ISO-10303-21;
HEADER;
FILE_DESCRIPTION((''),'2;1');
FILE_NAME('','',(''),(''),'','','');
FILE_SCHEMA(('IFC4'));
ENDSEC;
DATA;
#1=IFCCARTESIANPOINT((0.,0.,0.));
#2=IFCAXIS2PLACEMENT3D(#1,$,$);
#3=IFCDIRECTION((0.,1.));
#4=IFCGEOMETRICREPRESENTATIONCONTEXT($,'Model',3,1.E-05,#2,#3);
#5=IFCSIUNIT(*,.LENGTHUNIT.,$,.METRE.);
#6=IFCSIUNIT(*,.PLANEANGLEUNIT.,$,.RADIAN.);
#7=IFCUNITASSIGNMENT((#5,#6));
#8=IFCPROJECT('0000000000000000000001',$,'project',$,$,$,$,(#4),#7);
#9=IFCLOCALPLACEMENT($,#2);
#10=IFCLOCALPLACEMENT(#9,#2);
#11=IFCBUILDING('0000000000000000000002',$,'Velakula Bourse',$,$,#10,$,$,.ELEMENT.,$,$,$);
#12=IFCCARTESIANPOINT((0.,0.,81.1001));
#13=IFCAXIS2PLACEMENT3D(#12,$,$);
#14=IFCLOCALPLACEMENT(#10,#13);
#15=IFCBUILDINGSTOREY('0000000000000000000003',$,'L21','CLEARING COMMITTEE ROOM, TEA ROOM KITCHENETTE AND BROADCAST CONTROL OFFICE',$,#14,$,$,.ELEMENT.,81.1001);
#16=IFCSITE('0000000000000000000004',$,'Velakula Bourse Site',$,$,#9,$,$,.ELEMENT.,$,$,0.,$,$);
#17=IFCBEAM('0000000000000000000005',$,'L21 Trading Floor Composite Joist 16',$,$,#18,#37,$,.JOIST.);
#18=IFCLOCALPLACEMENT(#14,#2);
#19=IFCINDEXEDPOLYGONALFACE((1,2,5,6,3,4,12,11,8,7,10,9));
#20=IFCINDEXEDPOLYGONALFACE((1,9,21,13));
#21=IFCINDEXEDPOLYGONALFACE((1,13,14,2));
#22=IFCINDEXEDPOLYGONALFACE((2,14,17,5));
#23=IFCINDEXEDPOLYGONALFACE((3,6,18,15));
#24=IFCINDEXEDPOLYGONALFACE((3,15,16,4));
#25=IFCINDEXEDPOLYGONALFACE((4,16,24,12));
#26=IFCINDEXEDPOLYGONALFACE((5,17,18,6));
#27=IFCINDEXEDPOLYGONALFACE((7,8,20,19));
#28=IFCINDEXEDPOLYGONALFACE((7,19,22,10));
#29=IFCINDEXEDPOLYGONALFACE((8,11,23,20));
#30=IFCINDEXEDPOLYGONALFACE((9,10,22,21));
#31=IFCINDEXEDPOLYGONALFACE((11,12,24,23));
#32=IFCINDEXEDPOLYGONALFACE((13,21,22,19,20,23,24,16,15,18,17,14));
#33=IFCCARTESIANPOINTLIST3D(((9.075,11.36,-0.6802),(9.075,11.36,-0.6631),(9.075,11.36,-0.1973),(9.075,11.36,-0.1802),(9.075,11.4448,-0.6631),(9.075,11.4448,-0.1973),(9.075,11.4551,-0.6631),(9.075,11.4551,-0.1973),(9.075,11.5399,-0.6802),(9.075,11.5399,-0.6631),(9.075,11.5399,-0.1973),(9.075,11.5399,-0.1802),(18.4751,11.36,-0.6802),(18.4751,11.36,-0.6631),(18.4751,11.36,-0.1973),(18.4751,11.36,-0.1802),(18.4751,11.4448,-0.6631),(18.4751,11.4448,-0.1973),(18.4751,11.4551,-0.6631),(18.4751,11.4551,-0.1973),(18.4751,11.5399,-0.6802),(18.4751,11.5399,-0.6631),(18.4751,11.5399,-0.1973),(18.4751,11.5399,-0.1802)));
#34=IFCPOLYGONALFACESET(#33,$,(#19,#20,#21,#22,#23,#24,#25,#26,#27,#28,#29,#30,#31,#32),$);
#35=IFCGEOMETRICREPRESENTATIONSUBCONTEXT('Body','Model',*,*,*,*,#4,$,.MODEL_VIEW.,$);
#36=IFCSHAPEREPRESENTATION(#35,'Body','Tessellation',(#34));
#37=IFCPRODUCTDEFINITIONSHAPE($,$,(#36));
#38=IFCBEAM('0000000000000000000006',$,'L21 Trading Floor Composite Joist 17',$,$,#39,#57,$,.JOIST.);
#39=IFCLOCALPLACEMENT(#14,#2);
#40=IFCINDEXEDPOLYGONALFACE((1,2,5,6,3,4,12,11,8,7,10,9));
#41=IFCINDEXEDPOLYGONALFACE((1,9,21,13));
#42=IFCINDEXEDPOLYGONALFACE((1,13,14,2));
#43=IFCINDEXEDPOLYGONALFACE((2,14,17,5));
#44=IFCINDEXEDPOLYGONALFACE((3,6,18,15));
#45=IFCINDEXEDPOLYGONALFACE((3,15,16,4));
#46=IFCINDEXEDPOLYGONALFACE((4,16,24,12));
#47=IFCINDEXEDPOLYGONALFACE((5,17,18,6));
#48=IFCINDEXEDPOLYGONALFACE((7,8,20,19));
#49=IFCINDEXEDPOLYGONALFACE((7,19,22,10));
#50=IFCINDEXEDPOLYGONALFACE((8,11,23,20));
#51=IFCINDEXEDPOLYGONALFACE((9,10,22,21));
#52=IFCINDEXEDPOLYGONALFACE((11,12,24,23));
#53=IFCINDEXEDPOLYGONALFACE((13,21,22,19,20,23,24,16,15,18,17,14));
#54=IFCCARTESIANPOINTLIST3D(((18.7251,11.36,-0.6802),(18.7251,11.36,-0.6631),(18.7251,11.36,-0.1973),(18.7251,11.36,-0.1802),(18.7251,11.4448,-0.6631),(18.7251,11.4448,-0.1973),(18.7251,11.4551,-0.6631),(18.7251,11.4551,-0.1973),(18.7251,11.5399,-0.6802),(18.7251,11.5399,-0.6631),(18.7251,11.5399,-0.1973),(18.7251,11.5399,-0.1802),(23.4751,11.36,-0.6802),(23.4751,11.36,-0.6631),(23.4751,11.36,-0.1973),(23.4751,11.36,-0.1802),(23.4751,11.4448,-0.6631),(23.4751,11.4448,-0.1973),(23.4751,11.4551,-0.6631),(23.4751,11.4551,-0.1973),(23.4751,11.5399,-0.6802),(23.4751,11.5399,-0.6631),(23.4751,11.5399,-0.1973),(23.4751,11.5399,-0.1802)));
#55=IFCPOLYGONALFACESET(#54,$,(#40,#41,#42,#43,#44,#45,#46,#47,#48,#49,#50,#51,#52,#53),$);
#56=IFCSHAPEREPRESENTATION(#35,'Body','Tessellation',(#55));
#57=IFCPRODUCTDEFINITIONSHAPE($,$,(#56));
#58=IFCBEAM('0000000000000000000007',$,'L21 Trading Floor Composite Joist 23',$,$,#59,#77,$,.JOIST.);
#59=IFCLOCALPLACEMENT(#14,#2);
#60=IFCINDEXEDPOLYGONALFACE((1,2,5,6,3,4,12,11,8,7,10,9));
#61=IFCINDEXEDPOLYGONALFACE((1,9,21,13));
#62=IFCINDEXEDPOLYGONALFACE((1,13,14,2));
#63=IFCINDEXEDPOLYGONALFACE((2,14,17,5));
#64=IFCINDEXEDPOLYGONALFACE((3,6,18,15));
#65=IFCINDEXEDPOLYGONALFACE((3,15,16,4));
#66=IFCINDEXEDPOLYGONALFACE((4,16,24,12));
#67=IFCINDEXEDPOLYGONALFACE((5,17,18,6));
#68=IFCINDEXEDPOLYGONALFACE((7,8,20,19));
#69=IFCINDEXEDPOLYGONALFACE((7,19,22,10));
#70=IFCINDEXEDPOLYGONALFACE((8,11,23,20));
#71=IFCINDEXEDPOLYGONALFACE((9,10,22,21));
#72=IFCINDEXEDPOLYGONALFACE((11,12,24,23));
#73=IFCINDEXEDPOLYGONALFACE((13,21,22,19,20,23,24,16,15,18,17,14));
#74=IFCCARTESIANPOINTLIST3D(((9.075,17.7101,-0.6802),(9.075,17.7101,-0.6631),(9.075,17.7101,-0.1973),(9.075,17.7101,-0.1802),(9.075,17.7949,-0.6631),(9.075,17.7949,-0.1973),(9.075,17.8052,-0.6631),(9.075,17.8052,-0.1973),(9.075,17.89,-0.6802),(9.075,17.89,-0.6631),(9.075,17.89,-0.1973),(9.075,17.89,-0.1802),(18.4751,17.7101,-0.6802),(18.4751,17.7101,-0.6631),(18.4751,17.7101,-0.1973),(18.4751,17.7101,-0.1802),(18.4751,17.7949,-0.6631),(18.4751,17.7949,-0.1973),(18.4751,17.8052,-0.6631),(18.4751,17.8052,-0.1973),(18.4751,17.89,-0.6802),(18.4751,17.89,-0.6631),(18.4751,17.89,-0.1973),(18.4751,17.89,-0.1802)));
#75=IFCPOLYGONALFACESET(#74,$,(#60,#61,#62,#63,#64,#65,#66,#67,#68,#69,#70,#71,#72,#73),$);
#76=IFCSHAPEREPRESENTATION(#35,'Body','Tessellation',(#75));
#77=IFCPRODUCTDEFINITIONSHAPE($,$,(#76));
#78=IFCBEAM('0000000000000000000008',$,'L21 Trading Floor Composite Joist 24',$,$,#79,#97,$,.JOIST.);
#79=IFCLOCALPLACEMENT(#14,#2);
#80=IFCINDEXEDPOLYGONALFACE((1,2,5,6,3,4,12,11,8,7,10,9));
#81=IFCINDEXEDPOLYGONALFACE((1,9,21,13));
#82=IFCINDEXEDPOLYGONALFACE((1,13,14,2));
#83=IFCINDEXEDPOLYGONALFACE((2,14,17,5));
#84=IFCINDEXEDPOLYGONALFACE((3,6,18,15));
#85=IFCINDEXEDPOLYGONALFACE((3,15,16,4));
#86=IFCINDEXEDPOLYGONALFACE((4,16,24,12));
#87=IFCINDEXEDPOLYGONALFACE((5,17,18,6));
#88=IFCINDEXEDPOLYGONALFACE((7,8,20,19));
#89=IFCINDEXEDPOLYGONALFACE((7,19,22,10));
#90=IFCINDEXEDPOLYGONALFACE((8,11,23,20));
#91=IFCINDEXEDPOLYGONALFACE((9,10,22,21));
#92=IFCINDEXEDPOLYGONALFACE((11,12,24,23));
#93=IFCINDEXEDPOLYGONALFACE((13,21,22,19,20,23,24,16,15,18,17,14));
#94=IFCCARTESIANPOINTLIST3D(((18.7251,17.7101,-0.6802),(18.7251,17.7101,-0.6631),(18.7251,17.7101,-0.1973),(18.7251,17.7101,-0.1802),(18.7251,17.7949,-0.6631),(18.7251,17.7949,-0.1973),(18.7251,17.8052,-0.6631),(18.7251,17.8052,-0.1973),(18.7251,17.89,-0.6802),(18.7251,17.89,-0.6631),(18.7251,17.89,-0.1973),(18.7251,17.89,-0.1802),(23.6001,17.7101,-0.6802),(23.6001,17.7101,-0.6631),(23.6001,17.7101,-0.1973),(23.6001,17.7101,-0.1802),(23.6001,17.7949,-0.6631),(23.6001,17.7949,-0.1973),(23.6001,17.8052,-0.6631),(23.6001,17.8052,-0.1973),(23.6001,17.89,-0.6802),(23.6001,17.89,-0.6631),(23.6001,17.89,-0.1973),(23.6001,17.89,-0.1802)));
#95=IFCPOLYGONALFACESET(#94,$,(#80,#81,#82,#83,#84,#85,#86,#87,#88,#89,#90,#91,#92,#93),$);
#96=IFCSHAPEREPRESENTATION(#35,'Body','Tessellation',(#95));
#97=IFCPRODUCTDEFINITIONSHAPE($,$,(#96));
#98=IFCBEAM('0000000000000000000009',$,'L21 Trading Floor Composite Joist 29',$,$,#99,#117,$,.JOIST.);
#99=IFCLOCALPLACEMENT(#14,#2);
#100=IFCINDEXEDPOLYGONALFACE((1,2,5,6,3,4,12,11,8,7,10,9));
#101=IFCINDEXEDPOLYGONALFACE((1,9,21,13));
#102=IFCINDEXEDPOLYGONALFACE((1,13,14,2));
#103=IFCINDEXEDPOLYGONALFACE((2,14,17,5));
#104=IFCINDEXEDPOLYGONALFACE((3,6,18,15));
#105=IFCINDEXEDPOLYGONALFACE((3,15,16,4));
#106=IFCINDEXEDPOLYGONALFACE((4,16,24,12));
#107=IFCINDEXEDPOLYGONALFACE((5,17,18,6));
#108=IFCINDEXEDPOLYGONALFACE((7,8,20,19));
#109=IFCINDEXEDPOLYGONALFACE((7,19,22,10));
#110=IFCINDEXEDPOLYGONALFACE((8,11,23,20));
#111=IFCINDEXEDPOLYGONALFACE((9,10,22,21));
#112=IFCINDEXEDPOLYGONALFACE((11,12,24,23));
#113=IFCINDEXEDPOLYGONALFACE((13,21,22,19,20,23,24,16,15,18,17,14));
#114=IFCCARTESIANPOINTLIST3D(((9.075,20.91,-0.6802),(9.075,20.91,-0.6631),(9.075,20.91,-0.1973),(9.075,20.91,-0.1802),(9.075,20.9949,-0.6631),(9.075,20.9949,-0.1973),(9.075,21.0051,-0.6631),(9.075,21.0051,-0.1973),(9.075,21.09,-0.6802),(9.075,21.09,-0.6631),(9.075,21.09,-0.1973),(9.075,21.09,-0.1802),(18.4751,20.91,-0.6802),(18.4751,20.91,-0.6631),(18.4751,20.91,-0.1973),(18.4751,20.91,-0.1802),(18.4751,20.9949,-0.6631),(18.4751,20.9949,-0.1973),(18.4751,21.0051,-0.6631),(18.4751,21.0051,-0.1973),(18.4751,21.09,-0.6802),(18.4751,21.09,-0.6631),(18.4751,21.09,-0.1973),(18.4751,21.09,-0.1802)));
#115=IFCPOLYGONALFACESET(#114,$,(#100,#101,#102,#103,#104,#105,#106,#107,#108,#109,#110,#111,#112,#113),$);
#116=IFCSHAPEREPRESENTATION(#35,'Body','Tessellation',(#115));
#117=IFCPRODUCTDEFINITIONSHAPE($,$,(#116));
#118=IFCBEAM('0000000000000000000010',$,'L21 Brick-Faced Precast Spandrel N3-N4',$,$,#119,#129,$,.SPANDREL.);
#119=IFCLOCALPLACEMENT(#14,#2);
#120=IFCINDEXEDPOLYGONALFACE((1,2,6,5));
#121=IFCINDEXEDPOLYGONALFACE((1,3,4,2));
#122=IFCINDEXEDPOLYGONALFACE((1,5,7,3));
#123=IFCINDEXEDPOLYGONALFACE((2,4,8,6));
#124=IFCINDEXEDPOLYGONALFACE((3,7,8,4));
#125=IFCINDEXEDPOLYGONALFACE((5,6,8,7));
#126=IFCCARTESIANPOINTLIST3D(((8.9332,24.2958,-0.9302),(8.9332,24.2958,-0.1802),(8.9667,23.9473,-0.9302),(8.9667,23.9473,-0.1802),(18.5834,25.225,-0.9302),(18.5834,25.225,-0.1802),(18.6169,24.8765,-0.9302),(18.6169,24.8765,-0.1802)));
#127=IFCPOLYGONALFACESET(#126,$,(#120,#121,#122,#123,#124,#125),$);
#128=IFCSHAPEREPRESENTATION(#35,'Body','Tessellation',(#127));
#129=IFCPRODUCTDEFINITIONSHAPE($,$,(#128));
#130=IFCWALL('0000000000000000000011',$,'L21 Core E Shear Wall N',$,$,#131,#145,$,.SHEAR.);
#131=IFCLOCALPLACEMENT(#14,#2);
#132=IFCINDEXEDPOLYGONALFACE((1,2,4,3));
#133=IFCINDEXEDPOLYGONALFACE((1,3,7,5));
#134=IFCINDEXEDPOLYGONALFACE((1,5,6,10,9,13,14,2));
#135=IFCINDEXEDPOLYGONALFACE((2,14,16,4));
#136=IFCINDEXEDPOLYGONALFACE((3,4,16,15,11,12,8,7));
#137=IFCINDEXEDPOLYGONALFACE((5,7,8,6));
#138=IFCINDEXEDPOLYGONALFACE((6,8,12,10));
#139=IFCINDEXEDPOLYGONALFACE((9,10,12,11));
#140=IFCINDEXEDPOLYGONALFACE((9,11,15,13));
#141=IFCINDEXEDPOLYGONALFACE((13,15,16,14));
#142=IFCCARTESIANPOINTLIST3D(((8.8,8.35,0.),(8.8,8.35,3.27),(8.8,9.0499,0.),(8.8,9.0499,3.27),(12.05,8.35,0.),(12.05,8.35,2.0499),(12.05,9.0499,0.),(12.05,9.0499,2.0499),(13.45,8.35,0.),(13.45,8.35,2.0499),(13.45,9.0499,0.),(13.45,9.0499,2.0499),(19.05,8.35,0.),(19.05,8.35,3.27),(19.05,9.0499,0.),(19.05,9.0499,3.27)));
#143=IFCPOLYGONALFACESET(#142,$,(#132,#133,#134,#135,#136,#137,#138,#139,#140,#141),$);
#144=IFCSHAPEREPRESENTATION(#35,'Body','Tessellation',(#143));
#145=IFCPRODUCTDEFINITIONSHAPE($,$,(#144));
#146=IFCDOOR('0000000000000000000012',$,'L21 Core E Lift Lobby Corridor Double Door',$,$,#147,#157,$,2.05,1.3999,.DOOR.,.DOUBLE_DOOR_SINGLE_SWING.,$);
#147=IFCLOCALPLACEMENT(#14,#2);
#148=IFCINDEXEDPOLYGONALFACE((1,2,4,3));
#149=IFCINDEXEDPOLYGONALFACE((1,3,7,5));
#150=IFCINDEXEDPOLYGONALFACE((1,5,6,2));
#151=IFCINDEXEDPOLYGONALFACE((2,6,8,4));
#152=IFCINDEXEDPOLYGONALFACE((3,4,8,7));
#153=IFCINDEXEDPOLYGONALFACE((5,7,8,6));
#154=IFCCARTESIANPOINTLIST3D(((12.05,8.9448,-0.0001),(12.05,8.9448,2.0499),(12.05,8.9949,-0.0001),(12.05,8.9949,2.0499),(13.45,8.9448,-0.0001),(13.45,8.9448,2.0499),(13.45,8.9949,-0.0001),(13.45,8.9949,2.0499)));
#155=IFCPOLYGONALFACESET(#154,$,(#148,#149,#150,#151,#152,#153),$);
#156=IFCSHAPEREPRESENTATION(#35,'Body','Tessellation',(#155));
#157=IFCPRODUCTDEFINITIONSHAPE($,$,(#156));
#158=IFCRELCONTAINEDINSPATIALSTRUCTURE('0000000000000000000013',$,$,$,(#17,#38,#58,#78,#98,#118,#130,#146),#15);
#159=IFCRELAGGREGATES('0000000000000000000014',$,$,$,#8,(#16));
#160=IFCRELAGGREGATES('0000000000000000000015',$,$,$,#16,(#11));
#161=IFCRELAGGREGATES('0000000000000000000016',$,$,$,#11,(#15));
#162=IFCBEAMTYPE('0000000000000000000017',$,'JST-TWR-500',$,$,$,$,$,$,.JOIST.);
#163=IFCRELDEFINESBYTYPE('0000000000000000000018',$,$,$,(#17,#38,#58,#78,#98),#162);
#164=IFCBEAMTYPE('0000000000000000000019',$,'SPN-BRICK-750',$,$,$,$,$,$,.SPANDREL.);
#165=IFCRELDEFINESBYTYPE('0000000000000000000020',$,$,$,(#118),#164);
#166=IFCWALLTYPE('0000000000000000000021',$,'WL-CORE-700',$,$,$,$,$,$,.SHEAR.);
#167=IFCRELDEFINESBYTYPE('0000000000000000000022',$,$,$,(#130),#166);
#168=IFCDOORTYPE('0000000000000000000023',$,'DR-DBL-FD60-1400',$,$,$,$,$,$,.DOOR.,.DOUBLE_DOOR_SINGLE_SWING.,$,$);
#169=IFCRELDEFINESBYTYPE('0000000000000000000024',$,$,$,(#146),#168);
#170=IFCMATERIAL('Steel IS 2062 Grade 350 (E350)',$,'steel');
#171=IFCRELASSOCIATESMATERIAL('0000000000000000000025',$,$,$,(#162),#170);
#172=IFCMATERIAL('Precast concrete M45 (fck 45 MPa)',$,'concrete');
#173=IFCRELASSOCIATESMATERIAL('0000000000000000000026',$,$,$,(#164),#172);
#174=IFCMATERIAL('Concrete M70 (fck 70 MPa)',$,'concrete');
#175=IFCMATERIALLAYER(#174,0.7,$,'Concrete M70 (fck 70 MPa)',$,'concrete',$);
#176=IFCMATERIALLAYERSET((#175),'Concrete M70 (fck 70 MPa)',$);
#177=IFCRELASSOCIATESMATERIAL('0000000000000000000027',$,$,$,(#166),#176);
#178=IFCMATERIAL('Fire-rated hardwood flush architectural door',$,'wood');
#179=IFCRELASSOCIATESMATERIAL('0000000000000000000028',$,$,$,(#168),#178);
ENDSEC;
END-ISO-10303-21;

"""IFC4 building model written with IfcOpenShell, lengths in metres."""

from ifc_helpers import new_model, si_unit, direction, frame, frame_2d, origin, origin_2d, place, context, subcontext, project, spatial, rectangle, i_section, extrude, material, layer, layer_set, material_profile, profile_set, type_object, element, fill, save


model = new_model("IFC4")

# Units and contexts
model_context = context("Model", 3, precision=1e-05, world=origin(), true_north=direction((0.0, 1.0)))
body_context = subcontext(model_context, "Body", "Model", "MODEL_VIEW")
ifc_project = project(units=[si_unit("LENGTHUNIT", "METRE"), si_unit("PLANEANGLEUNIT", "RADIAN")], contexts=[model_context])

# Site, building, storey
site_placement = place(None, origin())
site = spatial("IfcSite", under=ifc_project, at=site_placement, Name="Velakula Bourse Site", CompositionType="ELEMENT", RefElevation=0.0)
building_placement = place(site_placement, origin())
building = spatial("IfcBuilding", under=site, at=building_placement, Name="Velakula Bourse", CompositionType="ELEMENT")
storey_placement = place(building_placement, frame((0.0, 0.0, 81.1001)))
storey = spatial("IfcBuildingStorey", under=building, at=storey_placement, Name="L21", Description="CLEARING COMMITTEE ROOM, TEA ROOM KITCHENETTE AND BROADCAST CONTROL OFFICE", CompositionType="ELEMENT", Elevation=81.1001)

# Beams
ifc_material_1 = material(Name="Steel IS 2062 Grade 350 (E350)", Category="steel")
ifc_material_profile_1 = material_profile(ifc_material_1, i_section(OverallWidth=0.1799, OverallDepth=0.5, WebThickness=0.0103, FlangeThickness=0.0171, at=origin_2d()), Name="Steel IS 2062 Grade 350 (E350)")
ifc_profile_set_1 = profile_set([ifc_material_profile_1], Name="Steel IS 2062 Grade 350 (E350)")
beam_type_1 = type_object("IfcBeamType", Name="JST-TWR-500", PredefinedType="JOIST", material=ifc_profile_set_1)
beam_1_placement = place(storey_placement, frame((9.075, 11.45, -0.4302), z_axis=(1.0, 0.0, 0.0), x_axis=(0.0, 1.0, 0.0)))
element("IfcBeam", 1, at=beam_1_placement, inside=storey, type_object=beam_type_1, Name="L21 Trading Floor Composite Joist 16", PredefinedType="JOIST", context=body_context, shape_type="SweptSolid", body=[
    extrude(i_section(OverallWidth=0.1799, OverallDepth=0.5, WebThickness=0.0103, FlangeThickness=0.0171, at=origin_2d()), origin(), (0.0, 0.0, 1.0), 9.4001),
])
beam_2_placement = place(storey_placement, frame((18.7251, 11.45, -0.4302), z_axis=(1.0, 0.0, 0.0), x_axis=(0.0, 1.0, 0.0)))
element("IfcBeam", 2, at=beam_2_placement, inside=storey, type_object=beam_type_1, Name="L21 Trading Floor Composite Joist 17", PredefinedType="JOIST", context=body_context, shape_type="SweptSolid", body=[
    extrude(i_section(OverallWidth=0.1799, OverallDepth=0.5, WebThickness=0.0103, FlangeThickness=0.0171, at=origin_2d()), origin(), (0.0, 0.0, 1.0), 4.75),
])
beam_3_placement = place(storey_placement, frame((9.075, 17.8, -0.4302), z_axis=(1.0, 0.0, 0.0), x_axis=(0.0, 1.0, 0.0)))
element("IfcBeam", 3, at=beam_3_placement, inside=storey, type_object=beam_type_1, Name="L21 Trading Floor Composite Joist 23", PredefinedType="JOIST", context=body_context, shape_type="SweptSolid", body=[
    extrude(i_section(OverallWidth=0.1799, OverallDepth=0.5, WebThickness=0.0103, FlangeThickness=0.0171, at=origin_2d()), origin(), (0.0, 0.0, 1.0), 9.4001),
])
beam_4_placement = place(storey_placement, frame((18.7251, 17.8, -0.4302), z_axis=(1.0, 0.0, 0.0), x_axis=(0.0, 1.0, 0.0)))
element("IfcBeam", 4, at=beam_4_placement, inside=storey, type_object=beam_type_1, Name="L21 Trading Floor Composite Joist 24", PredefinedType="JOIST", context=body_context, shape_type="SweptSolid", body=[
    extrude(i_section(OverallWidth=0.1799, OverallDepth=0.5, WebThickness=0.0103, FlangeThickness=0.0171, at=origin_2d()), origin(), (0.0, 0.0, 1.0), 4.875),
])
beam_5_placement = place(storey_placement, frame((9.075, 21.0, -0.4302), z_axis=(1.0, 0.0, 0.0), x_axis=(0.0, 1.0, 0.0)))
element("IfcBeam", 5, at=beam_5_placement, inside=storey, type_object=beam_type_1, Name="L21 Trading Floor Composite Joist 29", PredefinedType="JOIST", context=body_context, shape_type="SweptSolid", body=[
    extrude(i_section(OverallWidth=0.1799, OverallDepth=0.5, WebThickness=0.0103, FlangeThickness=0.0171, at=origin_2d()), origin(), (0.0, 0.0, 1.0), 9.4001),
])
ifc_material_2 = material(Name="Precast concrete M45 (fck 45 MPa)", Category="concrete")
ifc_material_profile_2 = material_profile(ifc_material_2, rectangle(XDim=0.3501, YDim=0.75, at=origin_2d()), Name="Precast concrete M45 (fck 45 MPa)")
ifc_profile_set_2 = profile_set([ifc_material_profile_2], Name="Precast concrete M45 (fck 45 MPa)")
beam_type_2 = type_object("IfcBeamType", Name="SPN-BRICK-750", PredefinedType="SPANDREL", material=ifc_profile_set_2)
beam_6_placement = place(storey_placement, frame((8.95, 24.1216, -0.5552), z_axis=(0.995396, 0.095845, 0.0), x_axis=(-0.095845, 0.995396, 0.0)))
element("IfcBeam", 6, at=beam_6_placement, inside=storey, type_object=beam_type_2, Name="L21 Brick-Faced Precast Spandrel N3-N4", PredefinedType="SPANDREL", context=body_context, shape_type="SweptSolid", body=[
    extrude(rectangle(XDim=0.3501, YDim=0.75, at=origin_2d()), origin(), (0.0, 0.0, 1.0), 9.6948),
])

# Wall, opening, door
ifc_material_3 = material(Name="Concrete M70 (fck 70 MPa)", Category="concrete")
ifc_layer_1 = layer(ifc_material_3, 0.7, Name="Concrete M70 (fck 70 MPa)", Category="concrete")
ifc_layer_set_1 = layer_set([ifc_layer_1], Name="Concrete M70 (fck 70 MPa)")
wall_type_1 = type_object("IfcWallType", Name="WL-CORE-700", PredefinedType="SHEAR", material=ifc_layer_set_1)
wall_1_placement = place(storey_placement, frame((8.8, 8.7, 0.0), z_axis=(0.0, 0.0, 1.0), x_axis=(1.0, 0.0, 0.0)))
wall_1 = element("IfcWall", 7, at=wall_1_placement, inside=storey, type_object=wall_type_1, Name="L21 Core E Shear Wall N", PredefinedType="SHEAR", context=body_context, shape_type="SweptSolid", body=[
    extrude(rectangle(XDim=10.25, YDim=0.7, at=frame_2d((5.125, 0.0))), origin(), (0.0, 0.0, 1.0), 3.27),
])
opening_1_placement = place(wall_1_placement, frame((3.25, 0.0, 0.0)))
opening_1 = element("IfcOpeningElement", 8, at=opening_1_placement, cuts=wall_1, PredefinedType="OPENING", context=body_context, shape_type="SweptSolid", body=[
    extrude(rectangle(XDim=1.3999, YDim=2.05, at=frame_2d((0.7, 1.0249))), frame((0.0, 0.3599, 0.0), z_axis=(0.0, -1.0, 0.0), x_axis=(1.0, 0.0, 0.0)), (0.0, 0.0, 1.0), 0.72),
])
ifc_material_4 = material(Name="Fire-rated hardwood flush architectural door", Category="wood")
door_type = type_object("IfcDoorType", Name="DR-DBL-FD60-1400", OperationType="DOUBLE_DOOR_SINGLE_SWING", PredefinedType="DOOR", material=ifc_material_4)
door_placement = place(opening_1_placement, origin())
door = element("IfcDoor", 9, at=door_placement, inside=storey, type_object=door_type, Name="L21 Core E Lift Lobby Corridor Double Door", OperationType="DOUBLE_DOOR_SINGLE_SWING", OverallHeight=2.05, OverallWidth=1.3999, PredefinedType="DOOR", context=body_context, shape_type="SweptSolid", body=[
    extrude(rectangle(XDim=1.3999, YDim=2.05, at=frame_2d((0.7, 1.0249))), frame((0.0, 0.2949, 0.0), z_axis=(0.0, -1.0, 0.0), x_axis=(1.0, 0.0, 0.0)), (0.0, 0.0, 1.0), 0.05),
])
fill(opening_1, door)

save(model, "model.ifc")
